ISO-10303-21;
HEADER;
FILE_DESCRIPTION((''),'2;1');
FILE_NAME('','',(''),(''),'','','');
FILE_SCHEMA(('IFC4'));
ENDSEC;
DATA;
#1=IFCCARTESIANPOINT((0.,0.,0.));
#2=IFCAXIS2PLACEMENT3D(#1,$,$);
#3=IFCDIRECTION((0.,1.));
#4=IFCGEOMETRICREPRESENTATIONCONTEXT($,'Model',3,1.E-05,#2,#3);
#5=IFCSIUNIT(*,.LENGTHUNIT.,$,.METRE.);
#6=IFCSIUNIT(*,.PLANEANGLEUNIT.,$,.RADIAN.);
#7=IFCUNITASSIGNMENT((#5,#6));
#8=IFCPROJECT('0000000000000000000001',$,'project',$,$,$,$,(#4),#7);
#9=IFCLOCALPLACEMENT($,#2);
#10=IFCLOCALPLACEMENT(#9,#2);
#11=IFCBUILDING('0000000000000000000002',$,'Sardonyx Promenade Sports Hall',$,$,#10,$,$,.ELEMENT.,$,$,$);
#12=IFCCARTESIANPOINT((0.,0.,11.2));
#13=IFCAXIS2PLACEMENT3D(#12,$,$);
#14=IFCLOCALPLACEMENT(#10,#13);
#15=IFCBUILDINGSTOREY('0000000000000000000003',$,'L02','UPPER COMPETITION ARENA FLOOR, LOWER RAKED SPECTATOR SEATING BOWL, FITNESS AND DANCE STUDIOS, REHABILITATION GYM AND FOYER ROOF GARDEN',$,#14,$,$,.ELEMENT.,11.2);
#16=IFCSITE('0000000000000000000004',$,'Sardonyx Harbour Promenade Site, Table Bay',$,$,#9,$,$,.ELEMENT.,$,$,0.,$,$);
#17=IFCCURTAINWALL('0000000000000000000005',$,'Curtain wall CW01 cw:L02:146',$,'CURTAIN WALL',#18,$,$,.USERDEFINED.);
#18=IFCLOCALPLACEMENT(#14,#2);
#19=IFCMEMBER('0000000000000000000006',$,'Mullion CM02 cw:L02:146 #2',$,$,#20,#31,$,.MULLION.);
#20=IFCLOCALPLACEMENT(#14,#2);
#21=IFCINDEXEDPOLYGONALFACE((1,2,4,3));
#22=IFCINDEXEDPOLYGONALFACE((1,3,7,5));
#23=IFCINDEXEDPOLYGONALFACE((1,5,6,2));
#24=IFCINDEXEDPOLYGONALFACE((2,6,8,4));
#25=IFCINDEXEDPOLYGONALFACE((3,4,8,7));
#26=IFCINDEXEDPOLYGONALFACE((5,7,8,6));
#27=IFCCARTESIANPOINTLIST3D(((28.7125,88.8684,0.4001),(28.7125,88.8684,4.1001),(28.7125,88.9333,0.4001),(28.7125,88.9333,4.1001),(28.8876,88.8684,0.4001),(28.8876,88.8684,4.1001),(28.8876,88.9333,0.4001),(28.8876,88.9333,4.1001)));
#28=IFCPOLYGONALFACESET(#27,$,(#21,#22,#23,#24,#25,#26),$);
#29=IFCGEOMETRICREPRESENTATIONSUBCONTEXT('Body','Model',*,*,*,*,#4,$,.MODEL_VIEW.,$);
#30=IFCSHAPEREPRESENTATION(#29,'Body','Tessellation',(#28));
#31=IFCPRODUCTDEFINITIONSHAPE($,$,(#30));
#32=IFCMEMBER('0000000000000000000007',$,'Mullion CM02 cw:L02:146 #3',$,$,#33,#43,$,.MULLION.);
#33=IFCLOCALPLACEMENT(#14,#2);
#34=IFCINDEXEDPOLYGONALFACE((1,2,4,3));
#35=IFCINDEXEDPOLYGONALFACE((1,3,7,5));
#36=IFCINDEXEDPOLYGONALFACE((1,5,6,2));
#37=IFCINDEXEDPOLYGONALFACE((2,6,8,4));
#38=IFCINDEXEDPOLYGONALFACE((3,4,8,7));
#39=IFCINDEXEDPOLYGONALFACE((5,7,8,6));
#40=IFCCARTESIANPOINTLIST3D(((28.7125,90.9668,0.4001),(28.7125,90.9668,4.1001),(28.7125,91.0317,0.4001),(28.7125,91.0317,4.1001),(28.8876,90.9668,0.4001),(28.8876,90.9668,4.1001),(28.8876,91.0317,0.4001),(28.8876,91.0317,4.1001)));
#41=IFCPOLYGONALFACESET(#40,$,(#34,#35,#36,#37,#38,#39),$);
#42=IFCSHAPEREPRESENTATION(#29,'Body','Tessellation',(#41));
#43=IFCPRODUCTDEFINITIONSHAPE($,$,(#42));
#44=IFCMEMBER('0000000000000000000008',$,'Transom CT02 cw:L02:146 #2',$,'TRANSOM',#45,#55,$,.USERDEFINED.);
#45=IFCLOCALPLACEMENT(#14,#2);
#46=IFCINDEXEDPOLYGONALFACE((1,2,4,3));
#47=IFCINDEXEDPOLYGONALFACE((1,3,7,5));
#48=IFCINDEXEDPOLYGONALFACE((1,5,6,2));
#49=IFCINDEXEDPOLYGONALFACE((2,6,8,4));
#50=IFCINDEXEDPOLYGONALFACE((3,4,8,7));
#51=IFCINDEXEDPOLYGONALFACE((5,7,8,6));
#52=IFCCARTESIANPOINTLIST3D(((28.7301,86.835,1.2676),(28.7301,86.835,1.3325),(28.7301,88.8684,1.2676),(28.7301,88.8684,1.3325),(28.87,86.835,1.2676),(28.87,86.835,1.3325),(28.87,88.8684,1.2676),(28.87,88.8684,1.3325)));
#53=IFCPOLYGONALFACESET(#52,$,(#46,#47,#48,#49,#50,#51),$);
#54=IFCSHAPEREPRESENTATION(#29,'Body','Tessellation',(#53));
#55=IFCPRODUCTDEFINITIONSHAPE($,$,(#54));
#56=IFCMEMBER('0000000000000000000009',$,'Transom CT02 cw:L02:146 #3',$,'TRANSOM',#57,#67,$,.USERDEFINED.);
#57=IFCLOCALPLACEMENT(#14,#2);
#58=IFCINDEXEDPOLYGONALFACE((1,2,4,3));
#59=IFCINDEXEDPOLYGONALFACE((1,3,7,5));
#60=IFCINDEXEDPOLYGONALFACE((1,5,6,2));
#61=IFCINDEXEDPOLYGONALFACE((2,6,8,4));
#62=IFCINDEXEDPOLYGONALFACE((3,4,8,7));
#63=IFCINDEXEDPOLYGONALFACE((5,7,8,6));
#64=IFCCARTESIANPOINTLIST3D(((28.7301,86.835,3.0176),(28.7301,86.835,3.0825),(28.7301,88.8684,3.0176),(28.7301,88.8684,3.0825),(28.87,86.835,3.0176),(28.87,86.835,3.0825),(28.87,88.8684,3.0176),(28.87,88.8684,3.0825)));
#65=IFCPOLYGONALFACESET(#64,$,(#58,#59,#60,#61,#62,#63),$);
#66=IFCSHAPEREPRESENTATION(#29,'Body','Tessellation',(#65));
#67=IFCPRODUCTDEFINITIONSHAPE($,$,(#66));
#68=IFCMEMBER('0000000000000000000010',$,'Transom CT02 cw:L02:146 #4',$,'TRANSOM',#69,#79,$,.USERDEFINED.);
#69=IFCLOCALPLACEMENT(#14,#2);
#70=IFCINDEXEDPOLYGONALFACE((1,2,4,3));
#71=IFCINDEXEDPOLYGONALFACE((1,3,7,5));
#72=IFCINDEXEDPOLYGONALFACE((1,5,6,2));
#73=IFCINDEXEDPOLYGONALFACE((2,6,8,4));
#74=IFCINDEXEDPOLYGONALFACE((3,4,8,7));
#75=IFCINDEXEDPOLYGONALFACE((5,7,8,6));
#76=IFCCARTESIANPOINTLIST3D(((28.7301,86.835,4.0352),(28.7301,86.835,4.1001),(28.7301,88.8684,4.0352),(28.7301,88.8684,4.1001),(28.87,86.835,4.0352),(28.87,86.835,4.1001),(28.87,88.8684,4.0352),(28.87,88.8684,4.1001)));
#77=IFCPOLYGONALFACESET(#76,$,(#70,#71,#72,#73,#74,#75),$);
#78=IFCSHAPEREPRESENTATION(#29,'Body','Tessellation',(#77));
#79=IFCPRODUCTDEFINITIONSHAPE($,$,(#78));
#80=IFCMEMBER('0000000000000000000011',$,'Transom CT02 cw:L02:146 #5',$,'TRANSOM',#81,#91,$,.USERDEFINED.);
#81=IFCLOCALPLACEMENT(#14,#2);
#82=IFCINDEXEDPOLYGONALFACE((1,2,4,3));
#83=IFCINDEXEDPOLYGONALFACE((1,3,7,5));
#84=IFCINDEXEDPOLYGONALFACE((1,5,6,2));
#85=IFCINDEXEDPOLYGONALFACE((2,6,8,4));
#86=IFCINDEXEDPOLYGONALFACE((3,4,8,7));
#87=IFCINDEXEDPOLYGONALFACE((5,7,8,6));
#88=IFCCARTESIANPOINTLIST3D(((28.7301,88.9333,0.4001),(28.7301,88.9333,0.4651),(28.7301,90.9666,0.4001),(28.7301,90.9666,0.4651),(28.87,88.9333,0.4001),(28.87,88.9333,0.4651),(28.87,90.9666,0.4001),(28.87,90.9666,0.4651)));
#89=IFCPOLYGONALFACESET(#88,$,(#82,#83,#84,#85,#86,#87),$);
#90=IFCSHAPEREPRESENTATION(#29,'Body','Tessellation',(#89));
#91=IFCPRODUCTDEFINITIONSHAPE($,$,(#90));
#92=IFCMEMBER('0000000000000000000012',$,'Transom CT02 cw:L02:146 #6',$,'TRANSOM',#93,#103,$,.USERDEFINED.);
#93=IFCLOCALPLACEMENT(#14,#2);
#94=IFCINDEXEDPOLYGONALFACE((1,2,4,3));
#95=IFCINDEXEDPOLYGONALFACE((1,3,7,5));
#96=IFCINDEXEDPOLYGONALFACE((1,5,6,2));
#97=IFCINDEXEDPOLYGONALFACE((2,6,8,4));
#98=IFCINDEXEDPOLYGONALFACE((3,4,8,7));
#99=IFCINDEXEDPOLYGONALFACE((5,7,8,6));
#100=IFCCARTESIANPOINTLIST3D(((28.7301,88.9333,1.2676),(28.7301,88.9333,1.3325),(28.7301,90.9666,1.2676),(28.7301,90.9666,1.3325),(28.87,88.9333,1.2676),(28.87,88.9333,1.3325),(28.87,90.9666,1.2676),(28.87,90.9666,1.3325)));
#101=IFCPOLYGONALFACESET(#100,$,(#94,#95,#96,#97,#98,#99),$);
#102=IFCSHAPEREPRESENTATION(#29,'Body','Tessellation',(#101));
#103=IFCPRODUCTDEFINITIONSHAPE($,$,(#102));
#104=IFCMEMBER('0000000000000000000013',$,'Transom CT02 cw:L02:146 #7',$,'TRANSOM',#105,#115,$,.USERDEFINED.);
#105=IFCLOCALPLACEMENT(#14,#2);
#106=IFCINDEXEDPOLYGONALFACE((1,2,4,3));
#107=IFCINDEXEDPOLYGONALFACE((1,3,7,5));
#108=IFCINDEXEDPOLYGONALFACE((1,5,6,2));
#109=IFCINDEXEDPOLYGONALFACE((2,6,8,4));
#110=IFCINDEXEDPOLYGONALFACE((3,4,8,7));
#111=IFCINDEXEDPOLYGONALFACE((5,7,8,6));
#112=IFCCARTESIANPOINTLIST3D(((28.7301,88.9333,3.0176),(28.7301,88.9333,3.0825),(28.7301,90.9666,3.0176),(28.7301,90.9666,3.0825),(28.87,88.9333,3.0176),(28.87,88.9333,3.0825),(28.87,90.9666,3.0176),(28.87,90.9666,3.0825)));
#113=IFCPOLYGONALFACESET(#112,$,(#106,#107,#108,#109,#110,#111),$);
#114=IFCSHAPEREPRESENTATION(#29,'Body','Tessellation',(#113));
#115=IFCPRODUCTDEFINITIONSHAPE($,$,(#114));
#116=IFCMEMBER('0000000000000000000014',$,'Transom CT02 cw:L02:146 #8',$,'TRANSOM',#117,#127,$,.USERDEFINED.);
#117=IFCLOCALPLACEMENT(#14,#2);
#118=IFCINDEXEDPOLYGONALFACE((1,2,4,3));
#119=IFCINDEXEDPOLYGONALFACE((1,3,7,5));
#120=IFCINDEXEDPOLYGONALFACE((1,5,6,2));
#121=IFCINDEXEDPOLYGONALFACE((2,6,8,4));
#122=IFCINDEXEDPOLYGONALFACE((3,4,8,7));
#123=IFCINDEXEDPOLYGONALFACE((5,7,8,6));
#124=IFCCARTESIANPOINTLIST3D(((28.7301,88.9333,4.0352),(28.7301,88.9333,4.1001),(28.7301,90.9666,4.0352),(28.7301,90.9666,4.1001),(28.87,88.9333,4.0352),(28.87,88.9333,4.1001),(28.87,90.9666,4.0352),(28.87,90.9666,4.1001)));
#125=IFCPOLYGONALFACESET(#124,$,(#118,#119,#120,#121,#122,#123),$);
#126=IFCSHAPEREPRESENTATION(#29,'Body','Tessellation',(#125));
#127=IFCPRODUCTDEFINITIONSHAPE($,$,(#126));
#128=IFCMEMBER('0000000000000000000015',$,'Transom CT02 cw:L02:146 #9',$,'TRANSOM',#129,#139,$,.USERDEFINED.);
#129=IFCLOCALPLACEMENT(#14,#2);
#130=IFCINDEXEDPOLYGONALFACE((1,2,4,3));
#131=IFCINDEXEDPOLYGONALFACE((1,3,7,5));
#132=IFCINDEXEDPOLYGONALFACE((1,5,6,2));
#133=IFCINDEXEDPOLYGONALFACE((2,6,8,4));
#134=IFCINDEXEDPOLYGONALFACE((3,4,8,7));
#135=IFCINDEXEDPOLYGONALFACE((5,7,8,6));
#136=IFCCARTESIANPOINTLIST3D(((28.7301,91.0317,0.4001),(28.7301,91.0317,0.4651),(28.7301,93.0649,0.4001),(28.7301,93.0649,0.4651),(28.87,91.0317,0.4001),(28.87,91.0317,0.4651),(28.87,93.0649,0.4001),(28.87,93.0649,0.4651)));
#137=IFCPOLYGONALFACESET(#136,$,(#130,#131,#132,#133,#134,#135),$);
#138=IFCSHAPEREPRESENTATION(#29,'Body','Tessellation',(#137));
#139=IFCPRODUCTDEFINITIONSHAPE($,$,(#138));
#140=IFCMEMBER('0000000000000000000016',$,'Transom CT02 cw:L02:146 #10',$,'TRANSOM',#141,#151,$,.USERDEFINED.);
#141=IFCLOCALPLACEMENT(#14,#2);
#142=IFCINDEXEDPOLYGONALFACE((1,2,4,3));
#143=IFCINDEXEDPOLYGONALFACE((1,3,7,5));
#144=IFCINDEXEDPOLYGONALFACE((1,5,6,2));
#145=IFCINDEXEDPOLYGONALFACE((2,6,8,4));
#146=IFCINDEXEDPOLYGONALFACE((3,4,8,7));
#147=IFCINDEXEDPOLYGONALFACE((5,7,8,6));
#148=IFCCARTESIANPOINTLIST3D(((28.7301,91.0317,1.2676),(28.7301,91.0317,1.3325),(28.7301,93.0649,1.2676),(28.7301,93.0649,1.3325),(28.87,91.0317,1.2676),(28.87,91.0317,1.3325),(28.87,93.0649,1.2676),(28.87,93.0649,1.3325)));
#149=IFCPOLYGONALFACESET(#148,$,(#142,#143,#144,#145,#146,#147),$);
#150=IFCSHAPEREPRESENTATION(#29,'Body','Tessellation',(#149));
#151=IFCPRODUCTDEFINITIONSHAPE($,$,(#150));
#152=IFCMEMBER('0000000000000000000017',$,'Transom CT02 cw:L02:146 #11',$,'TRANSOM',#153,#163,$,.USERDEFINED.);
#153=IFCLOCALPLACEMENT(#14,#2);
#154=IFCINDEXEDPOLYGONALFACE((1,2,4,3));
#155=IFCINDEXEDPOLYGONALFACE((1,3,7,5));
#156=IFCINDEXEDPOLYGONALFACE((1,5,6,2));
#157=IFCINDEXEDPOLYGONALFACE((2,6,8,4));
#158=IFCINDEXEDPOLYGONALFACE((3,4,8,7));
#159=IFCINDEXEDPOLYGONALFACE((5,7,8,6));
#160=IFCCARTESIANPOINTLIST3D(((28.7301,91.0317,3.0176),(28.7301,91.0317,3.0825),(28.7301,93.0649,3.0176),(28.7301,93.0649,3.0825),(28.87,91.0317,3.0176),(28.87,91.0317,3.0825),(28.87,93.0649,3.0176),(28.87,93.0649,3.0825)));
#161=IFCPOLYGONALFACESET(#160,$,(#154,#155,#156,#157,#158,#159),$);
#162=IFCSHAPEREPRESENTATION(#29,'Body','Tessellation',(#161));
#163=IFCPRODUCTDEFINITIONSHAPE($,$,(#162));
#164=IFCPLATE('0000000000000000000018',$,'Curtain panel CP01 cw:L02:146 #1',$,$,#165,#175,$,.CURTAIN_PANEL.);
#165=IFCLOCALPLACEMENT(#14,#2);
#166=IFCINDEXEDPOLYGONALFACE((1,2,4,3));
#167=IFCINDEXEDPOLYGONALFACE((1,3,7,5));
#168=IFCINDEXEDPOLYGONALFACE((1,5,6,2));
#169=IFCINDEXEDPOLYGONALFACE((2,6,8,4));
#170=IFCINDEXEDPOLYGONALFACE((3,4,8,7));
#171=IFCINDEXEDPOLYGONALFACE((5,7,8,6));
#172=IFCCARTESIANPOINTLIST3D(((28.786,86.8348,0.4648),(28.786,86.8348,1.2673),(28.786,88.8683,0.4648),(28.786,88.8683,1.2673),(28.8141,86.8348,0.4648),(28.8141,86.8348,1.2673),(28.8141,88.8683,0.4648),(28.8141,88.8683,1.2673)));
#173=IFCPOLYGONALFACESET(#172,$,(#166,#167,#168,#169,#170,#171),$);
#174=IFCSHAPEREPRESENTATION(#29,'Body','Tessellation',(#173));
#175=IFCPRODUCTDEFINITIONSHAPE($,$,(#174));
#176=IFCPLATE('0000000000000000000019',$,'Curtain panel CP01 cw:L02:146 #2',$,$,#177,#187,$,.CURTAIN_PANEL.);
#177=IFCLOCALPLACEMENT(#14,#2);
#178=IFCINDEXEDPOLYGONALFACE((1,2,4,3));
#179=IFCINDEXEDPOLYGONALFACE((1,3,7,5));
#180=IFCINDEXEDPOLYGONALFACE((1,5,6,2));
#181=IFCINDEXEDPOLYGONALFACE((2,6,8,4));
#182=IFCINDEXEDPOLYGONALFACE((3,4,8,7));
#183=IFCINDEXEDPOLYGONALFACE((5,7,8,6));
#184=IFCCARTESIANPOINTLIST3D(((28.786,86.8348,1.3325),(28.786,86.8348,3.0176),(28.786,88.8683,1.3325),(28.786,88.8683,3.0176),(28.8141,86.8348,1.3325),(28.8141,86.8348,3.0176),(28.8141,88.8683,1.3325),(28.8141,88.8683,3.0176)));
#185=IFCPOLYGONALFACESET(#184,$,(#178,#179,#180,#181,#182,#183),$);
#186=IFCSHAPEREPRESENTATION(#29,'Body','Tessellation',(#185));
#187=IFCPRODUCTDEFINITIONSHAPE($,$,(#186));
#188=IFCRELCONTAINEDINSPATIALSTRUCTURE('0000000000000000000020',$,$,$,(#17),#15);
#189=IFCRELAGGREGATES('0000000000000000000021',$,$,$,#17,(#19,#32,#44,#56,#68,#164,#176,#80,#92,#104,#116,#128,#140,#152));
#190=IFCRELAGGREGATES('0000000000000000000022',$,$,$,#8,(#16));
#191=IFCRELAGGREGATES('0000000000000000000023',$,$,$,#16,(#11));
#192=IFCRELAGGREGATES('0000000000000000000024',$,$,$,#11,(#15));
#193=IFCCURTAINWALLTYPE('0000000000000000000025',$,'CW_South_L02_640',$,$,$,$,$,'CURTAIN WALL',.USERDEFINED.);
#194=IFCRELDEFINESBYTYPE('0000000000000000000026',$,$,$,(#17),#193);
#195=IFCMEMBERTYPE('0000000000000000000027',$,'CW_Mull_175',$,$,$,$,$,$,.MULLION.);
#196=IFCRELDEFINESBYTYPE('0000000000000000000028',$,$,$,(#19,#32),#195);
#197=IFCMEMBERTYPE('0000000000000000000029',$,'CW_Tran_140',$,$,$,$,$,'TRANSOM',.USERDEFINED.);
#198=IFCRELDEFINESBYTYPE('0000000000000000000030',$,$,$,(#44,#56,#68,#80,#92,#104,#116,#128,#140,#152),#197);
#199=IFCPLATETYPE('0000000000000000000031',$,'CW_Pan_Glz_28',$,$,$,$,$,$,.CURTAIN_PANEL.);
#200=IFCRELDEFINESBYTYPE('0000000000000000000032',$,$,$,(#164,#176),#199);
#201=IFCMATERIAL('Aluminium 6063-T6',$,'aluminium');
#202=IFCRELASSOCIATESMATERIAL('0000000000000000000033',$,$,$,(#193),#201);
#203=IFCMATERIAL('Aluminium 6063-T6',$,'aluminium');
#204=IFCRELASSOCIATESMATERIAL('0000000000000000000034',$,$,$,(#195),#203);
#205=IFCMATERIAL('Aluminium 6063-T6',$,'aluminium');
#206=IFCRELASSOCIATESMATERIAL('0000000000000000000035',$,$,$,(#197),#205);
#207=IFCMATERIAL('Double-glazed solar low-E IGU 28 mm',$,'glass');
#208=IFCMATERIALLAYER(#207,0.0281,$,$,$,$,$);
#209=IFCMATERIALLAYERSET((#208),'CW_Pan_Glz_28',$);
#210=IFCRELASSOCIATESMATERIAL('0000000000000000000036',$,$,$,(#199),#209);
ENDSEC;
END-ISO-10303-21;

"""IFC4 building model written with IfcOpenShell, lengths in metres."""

from ifc_helpers import new_model, si_unit, direction, frame, origin, origin_2d, place, context, subcontext, project, spatial, rectangle, extrude, material, layer, layer_set, material_profile, profile_set, type_object, element, aggregate, save


model = new_model("IFC4")

# Units and contexts
model_context = context("Model", 3, precision=1e-05, world=origin(), true_north=direction((0.0, 1.0)))
body_context = subcontext(model_context, "Body", "Model", "MODEL_VIEW")
ifc_project = project(units=[si_unit("LENGTHUNIT", "METRE"), si_unit("PLANEANGLEUNIT", "RADIAN")], contexts=[model_context])

# Site, building, storey
site_placement = place(None, origin())
site = spatial("IfcSite", under=ifc_project, at=site_placement, Name="Sardonyx Harbour Promenade Site, Table Bay", CompositionType="ELEMENT", RefElevation=0.0)
building_placement = place(site_placement, origin())
building = spatial("IfcBuilding", under=site, at=building_placement, Name="Sardonyx Promenade Sports Hall", CompositionType="ELEMENT")
storey_placement = place(building_placement, frame((0.0, 0.0, 11.2)))
storey = spatial("IfcBuildingStorey", under=building, at=storey_placement, Name="L02", Description="UPPER COMPETITION ARENA FLOOR, LOWER RAKED SPECTATOR SEATING BOWL, FITNESS AND DANCE STUDIOS, REHABILITATION GYM AND FOYER ROOF GARDEN", CompositionType="ELEMENT", Elevation=11.2)

# Curtain wall, members, plates
ifc_material_1 = material(Name="Aluminium 6063-T6", Category="aluminium")
curtain_wall_type = type_object("IfcCurtainWallType", Name="CW_South_L02_640", ElementType="CURTAIN WALL", PredefinedType="USERDEFINED", material=ifc_material_1)
curtain_wall_placement = place(storey_placement, origin())
curtain_wall = element("IfcCurtainWall", 1, at=curtain_wall_placement, inside=storey, type_object=curtain_wall_type, Name="Curtain wall CW01 cw:L02:146", ObjectType="CURTAIN WALL", PredefinedType="USERDEFINED")
ifc_material_2 = material(Name="Aluminium 6063-T6", Category="aluminium")
ifc_material_profile_1 = material_profile(ifc_material_2, rectangle(XDim=0.0649, YDim=0.175, at=origin_2d()))
ifc_profile_set_1 = profile_set([ifc_material_profile_1], Name="Aluminium 6063-T6")
member_type_1 = type_object("IfcMemberType", Name="CW_Mull_175", PredefinedType="MULLION", material=ifc_profile_set_1)
member_1_placement = place(storey_placement, frame((28.8, 88.9009, 0.4001), z_axis=(0.0, 0.0, 1.0), x_axis=(0.0, 1.0, 0.0)))
member_1 = element("IfcMember", 2, at=member_1_placement, type_object=member_type_1, Name="Mullion CM02 cw:L02:146 #2", PredefinedType="MULLION", context=body_context, shape_type="SweptSolid", body=[
    extrude(rectangle(XDim=0.0649, YDim=0.175, at=origin_2d()), origin(), (0.0, 0.0, 1.0), 3.7),
])
member_2_placement = place(storey_placement, frame((28.8, 90.9993, 0.4001), z_axis=(0.0, 0.0, 1.0), x_axis=(0.0, 1.0, 0.0)))
member_2 = element("IfcMember", 3, at=member_2_placement, type_object=member_type_1, Name="Mullion CM02 cw:L02:146 #3", PredefinedType="MULLION", context=body_context, shape_type="SweptSolid", body=[
    extrude(rectangle(XDim=0.0649, YDim=0.175, at=origin_2d()), origin(), (0.0, 0.0, 1.0), 3.7),
])
ifc_material_3 = material(Name="Aluminium 6063-T6", Category="aluminium")
ifc_material_profile_2 = material_profile(ifc_material_3, rectangle(XDim=0.0649, YDim=0.1399, at=origin_2d()))
ifc_profile_set_2 = profile_set([ifc_material_profile_2], Name="Aluminium 6063-T6")
member_type_2 = type_object("IfcMemberType", Name="CW_Tran_140", ElementType="TRANSOM", PredefinedType="USERDEFINED", material=ifc_profile_set_2)
member_3_placement = place(storey_placement, frame((28.8, 86.835, 1.3), z_axis=(0.0, 1.0, 0.0), x_axis=(0.0, 0.0, 1.0)))
member_3 = element("IfcMember", 4, at=member_3_placement, type_object=member_type_2, Name="Transom CT02 cw:L02:146 #2", ObjectType="TRANSOM", PredefinedType="USERDEFINED", context=body_context, shape_type="SweptSolid", body=[
    extrude(rectangle(XDim=0.0649, YDim=0.1399, at=origin_2d()), origin(), (0.0, 0.0, 1.0), 2.0334),
])
member_4_placement = place(storey_placement, frame((28.8, 86.835, 3.05), z_axis=(0.0, 1.0, 0.0), x_axis=(0.0, 0.0, 1.0)))
member_4 = element("IfcMember", 5, at=member_4_placement, type_object=member_type_2, Name="Transom CT02 cw:L02:146 #3", ObjectType="TRANSOM", PredefinedType="USERDEFINED", context=body_context, shape_type="SweptSolid", body=[
    extrude(rectangle(XDim=0.0649, YDim=0.1399, at=origin_2d()), origin(), (0.0, 0.0, 1.0), 2.0334),
])
member_5_placement = place(storey_placement, frame((28.8, 86.835, 4.0676), z_axis=(0.0, 1.0, 0.0), x_axis=(0.0, 0.0, 1.0)))
member_5 = element("IfcMember", 6, at=member_5_placement, type_object=member_type_2, Name="Transom CT02 cw:L02:146 #4", ObjectType="TRANSOM", PredefinedType="USERDEFINED", context=body_context, shape_type="SweptSolid", body=[
    extrude(rectangle(XDim=0.0649, YDim=0.1399, at=origin_2d()), origin(), (0.0, 0.0, 1.0), 2.0334),
])
member_6_placement = place(storey_placement, frame((28.8, 88.9333, 0.4326), z_axis=(0.0, 1.0, 0.0), x_axis=(0.0, 0.0, 1.0)))
member_6 = element("IfcMember", 7, at=member_6_placement, type_object=member_type_2, Name="Transom CT02 cw:L02:146 #5", ObjectType="TRANSOM", PredefinedType="USERDEFINED", context=body_context, shape_type="SweptSolid", body=[
    extrude(rectangle(XDim=0.0649, YDim=0.1399, at=origin_2d()), origin(), (0.0, 0.0, 1.0), 2.0332),
])
member_7_placement = place(storey_placement, frame((28.8, 88.9333, 1.3), z_axis=(0.0, 1.0, 0.0), x_axis=(0.0, 0.0, 1.0)))
member_7 = element("IfcMember", 8, at=member_7_placement, type_object=member_type_2, Name="Transom CT02 cw:L02:146 #6", ObjectType="TRANSOM", PredefinedType="USERDEFINED", context=body_context, shape_type="SweptSolid", body=[
    extrude(rectangle(XDim=0.0649, YDim=0.1399, at=origin_2d()), origin(), (0.0, 0.0, 1.0), 2.0332),
])
member_8_placement = place(storey_placement, frame((28.8, 88.9333, 3.05), z_axis=(0.0, 1.0, 0.0), x_axis=(0.0, 0.0, 1.0)))
member_8 = element("IfcMember", 9, at=member_8_placement, type_object=member_type_2, Name="Transom CT02 cw:L02:146 #7", ObjectType="TRANSOM", PredefinedType="USERDEFINED", context=body_context, shape_type="SweptSolid", body=[
    extrude(rectangle(XDim=0.0649, YDim=0.1399, at=origin_2d()), origin(), (0.0, 0.0, 1.0), 2.0332),
])
member_9_placement = place(storey_placement, frame((28.8, 88.9333, 4.0676), z_axis=(0.0, 1.0, 0.0), x_axis=(0.0, 0.0, 1.0)))
member_9 = element("IfcMember", 10, at=member_9_placement, type_object=member_type_2, Name="Transom CT02 cw:L02:146 #8", ObjectType="TRANSOM", PredefinedType="USERDEFINED", context=body_context, shape_type="SweptSolid", body=[
    extrude(rectangle(XDim=0.0649, YDim=0.1399, at=origin_2d()), origin(), (0.0, 0.0, 1.0), 2.0332),
])
member_10_placement = place(storey_placement, frame((28.8, 91.0317, 0.4326), z_axis=(0.0, 1.0, 0.0), x_axis=(0.0, 0.0, 1.0)))
member_10 = element("IfcMember", 11, at=member_10_placement, type_object=member_type_2, Name="Transom CT02 cw:L02:146 #9", ObjectType="TRANSOM", PredefinedType="USERDEFINED", context=body_context, shape_type="SweptSolid", body=[
    extrude(rectangle(XDim=0.0649, YDim=0.1399, at=origin_2d()), origin(), (0.0, 0.0, 1.0), 2.0332),
])
member_11_placement = place(storey_placement, frame((28.8, 91.0317, 1.3), z_axis=(0.0, 1.0, 0.0), x_axis=(0.0, 0.0, 1.0)))
member_11 = element("IfcMember", 12, at=member_11_placement, type_object=member_type_2, Name="Transom CT02 cw:L02:146 #10", ObjectType="TRANSOM", PredefinedType="USERDEFINED", context=body_context, shape_type="SweptSolid", body=[
    extrude(rectangle(XDim=0.0649, YDim=0.1399, at=origin_2d()), origin(), (0.0, 0.0, 1.0), 2.0332),
])
member_12_placement = place(storey_placement, frame((28.8, 91.0317, 3.05), z_axis=(0.0, 1.0, 0.0), x_axis=(0.0, 0.0, 1.0)))
member_12 = element("IfcMember", 13, at=member_12_placement, type_object=member_type_2, Name="Transom CT02 cw:L02:146 #11", ObjectType="TRANSOM", PredefinedType="USERDEFINED", context=body_context, shape_type="SweptSolid", body=[
    extrude(rectangle(XDim=0.0649, YDim=0.1399, at=origin_2d()), origin(), (0.0, 0.0, 1.0), 2.0332),
])
ifc_material_4 = material(Name="Double-glazed solar low-E IGU 28 mm", Category="glass")
ifc_layer = layer(ifc_material_4, 0.0281)
ifc_layer_set = layer_set([ifc_layer], Name="CW_Pan_Glz_28")
plate_type = type_object("IfcPlateType", Name="CW_Pan_Glz_28", PredefinedType="CURTAIN_PANEL", material=ifc_layer_set)
plate_1_placement = place(storey_placement, frame((28.8, 87.8516, 0.4648), z_axis=(0.0, 0.0, 1.0), x_axis=(0.0, 1.0, 0.0)))
plate_1 = element("IfcPlate", 14, at=plate_1_placement, type_object=plate_type, Name="Curtain panel CP01 cw:L02:146 #1", PredefinedType="CURTAIN_PANEL", context=body_context, shape_type="SweptSolid", body=[
    extrude(rectangle(XDim=2.0334, YDim=0.0281, at=origin_2d()), origin(), (0.0, 0.0, 1.0), 0.8025),
])
plate_2_placement = place(storey_placement, frame((28.8, 87.8516, 1.3325), z_axis=(0.0, 0.0, 1.0), x_axis=(0.0, 1.0, 0.0)))
plate_2 = element("IfcPlate", 15, at=plate_2_placement, type_object=plate_type, Name="Curtain panel CP01 cw:L02:146 #2", PredefinedType="CURTAIN_PANEL", context=body_context, shape_type="SweptSolid", body=[
    extrude(rectangle(XDim=2.0334, YDim=0.0281, at=origin_2d()), origin(), (0.0, 0.0, 1.0), 1.6851),
])
aggregate(curtain_wall, [member_1, member_2, member_3, member_4, member_5, plate_1, plate_2, member_6, member_7, member_8, member_9, member_10, member_11, member_12])

save(model, "model.ifc")
